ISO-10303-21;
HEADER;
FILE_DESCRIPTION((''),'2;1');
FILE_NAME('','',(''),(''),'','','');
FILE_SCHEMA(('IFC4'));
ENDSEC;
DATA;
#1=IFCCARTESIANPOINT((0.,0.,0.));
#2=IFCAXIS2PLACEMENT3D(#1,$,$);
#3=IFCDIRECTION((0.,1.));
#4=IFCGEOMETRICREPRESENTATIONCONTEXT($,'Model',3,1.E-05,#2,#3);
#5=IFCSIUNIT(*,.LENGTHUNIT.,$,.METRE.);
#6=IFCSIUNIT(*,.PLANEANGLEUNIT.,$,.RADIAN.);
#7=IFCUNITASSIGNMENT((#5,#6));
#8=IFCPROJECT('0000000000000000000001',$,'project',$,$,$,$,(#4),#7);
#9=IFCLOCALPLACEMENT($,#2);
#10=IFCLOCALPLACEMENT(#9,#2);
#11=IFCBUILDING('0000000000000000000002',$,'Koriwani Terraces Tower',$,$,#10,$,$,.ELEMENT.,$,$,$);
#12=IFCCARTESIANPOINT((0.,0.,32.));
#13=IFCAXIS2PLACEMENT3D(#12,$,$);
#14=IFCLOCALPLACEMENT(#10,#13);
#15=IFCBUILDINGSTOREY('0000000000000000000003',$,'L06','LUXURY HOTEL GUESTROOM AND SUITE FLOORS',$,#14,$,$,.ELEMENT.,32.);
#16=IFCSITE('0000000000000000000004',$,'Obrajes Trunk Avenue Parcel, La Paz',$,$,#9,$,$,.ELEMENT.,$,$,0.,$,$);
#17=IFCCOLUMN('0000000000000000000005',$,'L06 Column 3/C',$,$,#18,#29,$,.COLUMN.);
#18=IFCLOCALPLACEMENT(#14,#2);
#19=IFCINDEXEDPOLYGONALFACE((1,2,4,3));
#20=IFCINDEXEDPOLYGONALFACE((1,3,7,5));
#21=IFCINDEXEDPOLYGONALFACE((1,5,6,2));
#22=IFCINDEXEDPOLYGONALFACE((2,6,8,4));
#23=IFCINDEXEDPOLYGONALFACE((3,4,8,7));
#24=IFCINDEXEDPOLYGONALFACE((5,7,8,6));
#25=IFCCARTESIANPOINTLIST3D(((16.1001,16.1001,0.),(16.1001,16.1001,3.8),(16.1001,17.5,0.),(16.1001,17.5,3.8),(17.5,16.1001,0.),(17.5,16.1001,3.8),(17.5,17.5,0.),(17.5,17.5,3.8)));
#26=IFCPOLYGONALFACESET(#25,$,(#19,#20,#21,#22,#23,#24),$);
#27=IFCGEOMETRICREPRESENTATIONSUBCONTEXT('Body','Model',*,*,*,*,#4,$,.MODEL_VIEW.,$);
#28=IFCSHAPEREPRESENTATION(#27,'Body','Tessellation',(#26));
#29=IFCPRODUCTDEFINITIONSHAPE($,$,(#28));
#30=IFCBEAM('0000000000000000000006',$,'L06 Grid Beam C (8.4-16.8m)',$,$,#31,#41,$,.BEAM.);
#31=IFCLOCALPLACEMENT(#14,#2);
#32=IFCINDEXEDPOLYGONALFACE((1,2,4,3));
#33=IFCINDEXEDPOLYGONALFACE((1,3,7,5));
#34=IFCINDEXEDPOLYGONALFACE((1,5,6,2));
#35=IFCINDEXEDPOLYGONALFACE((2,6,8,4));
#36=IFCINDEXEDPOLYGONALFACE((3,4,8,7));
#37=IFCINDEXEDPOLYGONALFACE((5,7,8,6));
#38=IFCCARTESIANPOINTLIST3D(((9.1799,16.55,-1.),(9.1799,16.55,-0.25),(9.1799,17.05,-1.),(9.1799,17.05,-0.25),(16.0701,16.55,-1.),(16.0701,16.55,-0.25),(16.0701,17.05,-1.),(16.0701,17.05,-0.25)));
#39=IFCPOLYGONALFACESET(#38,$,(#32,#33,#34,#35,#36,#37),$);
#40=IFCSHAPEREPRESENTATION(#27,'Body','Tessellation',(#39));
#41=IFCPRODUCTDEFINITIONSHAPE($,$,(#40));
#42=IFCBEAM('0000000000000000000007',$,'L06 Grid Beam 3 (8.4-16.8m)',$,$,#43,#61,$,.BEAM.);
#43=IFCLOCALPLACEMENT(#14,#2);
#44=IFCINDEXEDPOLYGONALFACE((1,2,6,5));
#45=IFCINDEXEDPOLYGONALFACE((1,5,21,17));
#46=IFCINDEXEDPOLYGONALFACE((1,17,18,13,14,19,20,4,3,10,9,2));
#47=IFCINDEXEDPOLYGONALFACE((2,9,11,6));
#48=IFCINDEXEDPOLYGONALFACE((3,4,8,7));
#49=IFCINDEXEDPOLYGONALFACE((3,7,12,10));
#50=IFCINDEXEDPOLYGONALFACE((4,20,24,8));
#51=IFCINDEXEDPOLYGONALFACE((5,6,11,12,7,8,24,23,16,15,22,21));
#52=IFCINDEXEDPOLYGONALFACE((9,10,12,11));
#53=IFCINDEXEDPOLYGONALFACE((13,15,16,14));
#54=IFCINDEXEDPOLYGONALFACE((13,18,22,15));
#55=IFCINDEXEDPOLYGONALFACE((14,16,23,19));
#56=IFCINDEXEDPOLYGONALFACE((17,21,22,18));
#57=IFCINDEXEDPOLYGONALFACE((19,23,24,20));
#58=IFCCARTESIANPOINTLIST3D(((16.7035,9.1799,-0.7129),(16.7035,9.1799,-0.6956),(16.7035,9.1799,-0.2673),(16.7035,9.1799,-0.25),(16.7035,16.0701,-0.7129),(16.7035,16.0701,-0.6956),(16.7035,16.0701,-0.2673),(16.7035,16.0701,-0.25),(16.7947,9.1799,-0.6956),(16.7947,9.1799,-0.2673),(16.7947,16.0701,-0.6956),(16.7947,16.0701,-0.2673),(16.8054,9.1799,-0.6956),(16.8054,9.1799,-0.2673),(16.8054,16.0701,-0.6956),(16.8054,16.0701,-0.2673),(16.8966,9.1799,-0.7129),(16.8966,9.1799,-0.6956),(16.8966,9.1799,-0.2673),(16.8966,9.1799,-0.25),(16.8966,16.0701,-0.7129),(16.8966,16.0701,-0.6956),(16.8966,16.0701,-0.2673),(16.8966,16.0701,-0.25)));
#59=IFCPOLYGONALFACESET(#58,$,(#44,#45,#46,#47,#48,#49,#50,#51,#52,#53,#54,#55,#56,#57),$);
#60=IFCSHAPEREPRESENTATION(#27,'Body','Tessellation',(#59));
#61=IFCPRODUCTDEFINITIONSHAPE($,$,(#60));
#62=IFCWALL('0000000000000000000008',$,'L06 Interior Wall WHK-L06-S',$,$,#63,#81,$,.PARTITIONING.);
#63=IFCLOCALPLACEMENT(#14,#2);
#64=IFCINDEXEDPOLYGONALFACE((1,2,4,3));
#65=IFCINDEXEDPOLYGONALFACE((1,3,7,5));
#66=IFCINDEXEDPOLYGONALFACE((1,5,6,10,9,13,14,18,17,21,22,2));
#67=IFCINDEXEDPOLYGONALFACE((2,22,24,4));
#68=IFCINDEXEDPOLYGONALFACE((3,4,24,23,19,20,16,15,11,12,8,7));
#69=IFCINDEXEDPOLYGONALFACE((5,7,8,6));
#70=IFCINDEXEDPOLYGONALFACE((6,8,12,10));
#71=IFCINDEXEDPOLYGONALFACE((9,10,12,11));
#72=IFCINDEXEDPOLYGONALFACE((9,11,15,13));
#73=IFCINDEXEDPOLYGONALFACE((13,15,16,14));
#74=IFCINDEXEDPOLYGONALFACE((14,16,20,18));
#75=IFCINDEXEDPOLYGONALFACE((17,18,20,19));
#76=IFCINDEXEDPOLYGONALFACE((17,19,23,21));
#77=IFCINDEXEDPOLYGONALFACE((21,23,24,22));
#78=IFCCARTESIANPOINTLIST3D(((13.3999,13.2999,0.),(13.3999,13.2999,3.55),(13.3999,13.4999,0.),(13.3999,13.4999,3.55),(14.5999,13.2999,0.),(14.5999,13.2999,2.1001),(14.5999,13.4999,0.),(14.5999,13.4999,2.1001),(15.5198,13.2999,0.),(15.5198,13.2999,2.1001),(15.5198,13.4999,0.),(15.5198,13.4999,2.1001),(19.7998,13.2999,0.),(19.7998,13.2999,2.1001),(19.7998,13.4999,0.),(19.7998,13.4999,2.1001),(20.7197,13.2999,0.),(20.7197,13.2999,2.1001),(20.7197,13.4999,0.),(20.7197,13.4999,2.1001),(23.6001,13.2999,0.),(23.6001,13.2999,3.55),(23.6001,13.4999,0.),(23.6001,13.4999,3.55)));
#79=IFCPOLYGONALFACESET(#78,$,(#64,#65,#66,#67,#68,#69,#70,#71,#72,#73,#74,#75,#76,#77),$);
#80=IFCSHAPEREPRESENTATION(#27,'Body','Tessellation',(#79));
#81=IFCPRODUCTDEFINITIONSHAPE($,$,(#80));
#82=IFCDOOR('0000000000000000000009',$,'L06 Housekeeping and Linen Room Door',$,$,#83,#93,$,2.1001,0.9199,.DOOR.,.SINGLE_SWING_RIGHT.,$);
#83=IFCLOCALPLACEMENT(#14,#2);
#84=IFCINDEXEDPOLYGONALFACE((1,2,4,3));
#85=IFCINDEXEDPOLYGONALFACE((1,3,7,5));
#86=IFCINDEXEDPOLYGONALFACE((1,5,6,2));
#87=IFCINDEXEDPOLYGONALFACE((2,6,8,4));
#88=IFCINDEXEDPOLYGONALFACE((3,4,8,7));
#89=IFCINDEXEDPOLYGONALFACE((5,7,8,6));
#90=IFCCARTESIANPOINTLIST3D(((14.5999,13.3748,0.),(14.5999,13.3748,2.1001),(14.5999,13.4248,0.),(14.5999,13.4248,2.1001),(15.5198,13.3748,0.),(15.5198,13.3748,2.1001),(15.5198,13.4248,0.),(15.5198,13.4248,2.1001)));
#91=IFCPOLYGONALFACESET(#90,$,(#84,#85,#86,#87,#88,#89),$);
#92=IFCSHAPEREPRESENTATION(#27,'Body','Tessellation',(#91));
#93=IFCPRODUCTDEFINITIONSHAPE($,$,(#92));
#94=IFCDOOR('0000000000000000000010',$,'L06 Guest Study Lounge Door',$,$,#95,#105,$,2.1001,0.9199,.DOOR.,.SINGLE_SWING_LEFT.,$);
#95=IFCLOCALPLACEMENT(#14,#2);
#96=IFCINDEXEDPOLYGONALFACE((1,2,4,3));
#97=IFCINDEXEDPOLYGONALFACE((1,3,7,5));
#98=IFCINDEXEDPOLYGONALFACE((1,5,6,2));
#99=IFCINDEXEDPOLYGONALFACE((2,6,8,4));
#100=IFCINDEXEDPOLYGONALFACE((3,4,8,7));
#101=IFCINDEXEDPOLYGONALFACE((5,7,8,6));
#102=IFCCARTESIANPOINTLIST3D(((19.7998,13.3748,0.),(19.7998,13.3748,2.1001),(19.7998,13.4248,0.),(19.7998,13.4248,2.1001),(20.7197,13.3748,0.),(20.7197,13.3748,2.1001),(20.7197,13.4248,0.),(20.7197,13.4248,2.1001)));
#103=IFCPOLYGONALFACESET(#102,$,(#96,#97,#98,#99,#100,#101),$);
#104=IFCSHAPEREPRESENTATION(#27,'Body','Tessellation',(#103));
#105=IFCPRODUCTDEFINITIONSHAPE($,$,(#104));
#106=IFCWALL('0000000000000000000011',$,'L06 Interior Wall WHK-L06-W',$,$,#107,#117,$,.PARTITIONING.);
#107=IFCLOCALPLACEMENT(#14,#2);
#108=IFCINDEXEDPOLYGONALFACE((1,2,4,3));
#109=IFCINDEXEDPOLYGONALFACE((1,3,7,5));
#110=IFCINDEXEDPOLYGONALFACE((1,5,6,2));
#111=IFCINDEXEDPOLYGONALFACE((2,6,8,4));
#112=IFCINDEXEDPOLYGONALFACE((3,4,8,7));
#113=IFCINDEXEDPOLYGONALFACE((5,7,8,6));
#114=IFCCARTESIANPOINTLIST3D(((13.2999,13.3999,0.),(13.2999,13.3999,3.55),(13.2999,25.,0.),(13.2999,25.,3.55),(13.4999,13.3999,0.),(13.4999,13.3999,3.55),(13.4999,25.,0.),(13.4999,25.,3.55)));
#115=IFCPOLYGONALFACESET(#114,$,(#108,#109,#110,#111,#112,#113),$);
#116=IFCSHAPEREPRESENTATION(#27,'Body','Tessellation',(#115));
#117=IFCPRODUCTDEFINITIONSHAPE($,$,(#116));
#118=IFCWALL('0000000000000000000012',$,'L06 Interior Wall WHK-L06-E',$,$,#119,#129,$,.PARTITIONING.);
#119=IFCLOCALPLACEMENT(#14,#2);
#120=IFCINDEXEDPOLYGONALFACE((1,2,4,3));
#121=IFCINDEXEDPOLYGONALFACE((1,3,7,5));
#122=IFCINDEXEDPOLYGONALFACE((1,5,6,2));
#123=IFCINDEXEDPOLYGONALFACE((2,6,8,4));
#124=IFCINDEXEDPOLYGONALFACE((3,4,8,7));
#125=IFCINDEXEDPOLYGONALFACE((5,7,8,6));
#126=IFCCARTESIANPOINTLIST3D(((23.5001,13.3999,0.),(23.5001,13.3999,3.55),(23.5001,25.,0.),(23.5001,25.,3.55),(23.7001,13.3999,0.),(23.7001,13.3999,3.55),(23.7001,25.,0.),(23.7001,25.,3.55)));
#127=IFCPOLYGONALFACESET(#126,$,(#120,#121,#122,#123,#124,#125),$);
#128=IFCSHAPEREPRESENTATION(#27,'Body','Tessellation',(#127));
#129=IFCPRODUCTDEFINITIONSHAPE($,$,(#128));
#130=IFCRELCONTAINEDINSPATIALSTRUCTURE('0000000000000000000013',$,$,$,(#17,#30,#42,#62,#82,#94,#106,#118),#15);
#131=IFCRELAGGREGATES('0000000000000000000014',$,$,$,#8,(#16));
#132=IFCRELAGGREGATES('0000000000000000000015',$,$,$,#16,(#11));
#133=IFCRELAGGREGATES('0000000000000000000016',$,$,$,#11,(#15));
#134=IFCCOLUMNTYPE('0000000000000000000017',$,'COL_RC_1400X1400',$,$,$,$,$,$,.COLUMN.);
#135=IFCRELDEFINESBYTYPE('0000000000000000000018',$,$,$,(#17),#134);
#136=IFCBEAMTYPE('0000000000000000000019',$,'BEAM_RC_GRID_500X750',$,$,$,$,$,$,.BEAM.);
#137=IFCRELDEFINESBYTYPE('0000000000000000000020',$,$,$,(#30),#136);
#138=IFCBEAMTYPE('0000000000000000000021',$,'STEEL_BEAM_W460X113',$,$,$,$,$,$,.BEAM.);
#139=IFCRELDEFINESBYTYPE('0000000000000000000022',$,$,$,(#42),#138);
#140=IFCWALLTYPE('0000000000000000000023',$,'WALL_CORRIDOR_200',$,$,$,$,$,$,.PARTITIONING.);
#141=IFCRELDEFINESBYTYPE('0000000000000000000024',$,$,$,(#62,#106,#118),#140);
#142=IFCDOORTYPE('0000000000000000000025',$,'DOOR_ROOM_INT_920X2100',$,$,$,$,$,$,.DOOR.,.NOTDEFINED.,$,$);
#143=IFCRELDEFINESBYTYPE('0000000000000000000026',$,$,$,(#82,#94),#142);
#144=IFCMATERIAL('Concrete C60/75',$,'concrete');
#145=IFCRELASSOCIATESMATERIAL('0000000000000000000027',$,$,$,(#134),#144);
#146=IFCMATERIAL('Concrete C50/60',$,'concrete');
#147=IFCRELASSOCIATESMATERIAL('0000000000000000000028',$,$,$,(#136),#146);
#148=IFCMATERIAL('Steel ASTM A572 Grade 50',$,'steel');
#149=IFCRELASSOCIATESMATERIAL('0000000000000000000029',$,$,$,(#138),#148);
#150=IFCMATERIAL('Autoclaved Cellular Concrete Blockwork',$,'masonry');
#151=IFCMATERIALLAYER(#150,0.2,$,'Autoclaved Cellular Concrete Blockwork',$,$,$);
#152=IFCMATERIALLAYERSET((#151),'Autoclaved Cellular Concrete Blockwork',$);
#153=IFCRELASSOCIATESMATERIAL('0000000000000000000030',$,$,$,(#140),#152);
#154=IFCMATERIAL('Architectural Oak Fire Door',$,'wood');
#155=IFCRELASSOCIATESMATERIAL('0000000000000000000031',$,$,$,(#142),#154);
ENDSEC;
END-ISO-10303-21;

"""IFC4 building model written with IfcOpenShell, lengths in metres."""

from ifc_helpers import new_model, si_unit, direction, frame, frame_2d, origin, origin_2d, place, context, subcontext, project, spatial, rectangle, i_section, extrude, material, layer, layer_set, material_profile, profile_set, type_object, element, fill, save


model = new_model("IFC4")

# Units and contexts
model_context = context("Model", 3, precision=1e-05, world=origin(), true_north=direction((0.0, 1.0)))
body_context = subcontext(model_context, "Body", "Model", "MODEL_VIEW")
ifc_project = project(units=[si_unit("LENGTHUNIT", "METRE"), si_unit("PLANEANGLEUNIT", "RADIAN")], contexts=[model_context])

# Site, building, storey
site_placement = place(None, origin())
site = spatial("IfcSite", under=ifc_project, at=site_placement, Name="Obrajes Trunk Avenue Parcel, La Paz", CompositionType="ELEMENT", RefElevation=0.0)
building_placement = place(site_placement, origin())
building = spatial("IfcBuilding", under=site, at=building_placement, Name="Koriwani Terraces Tower", CompositionType="ELEMENT")
storey_placement = place(building_placement, frame((0.0, 0.0, 32.0)))
storey = spatial("IfcBuildingStorey", under=building, at=storey_placement, Name="L06", Description="LUXURY HOTEL GUESTROOM AND SUITE FLOORS", CompositionType="ELEMENT", Elevation=32.0)

# Column
ifc_material_1 = material(Name="Concrete C60/75", Category="concrete")
ifc_material_profile_1 = material_profile(ifc_material_1, rectangle(XDim=1.3999, YDim=1.3999, at=origin_2d()), Name="Concrete C60/75", Category="LoadBearing")
ifc_profile_set_1 = profile_set([ifc_material_profile_1], Name="Concrete C60/75")
column_type = type_object("IfcColumnType", Name="COL_RC_1400X1400", PredefinedType="COLUMN", material=ifc_profile_set_1)
column_placement = place(storey_placement, frame((16.8, 16.8, 0.0), z_axis=(0.0, 0.0, 1.0), x_axis=(1.0, 0.0, 0.0)))
element("IfcColumn", 1, at=column_placement, inside=storey, type_object=column_type, Name="L06 Column 3/C", PredefinedType="COLUMN", context=body_context, shape_type="SweptSolid", body=[
    extrude(rectangle(XDim=1.3999, YDim=1.3999, at=origin_2d()), origin(), (0.0, 0.0, 1.0), 3.8),
])

# Beams
ifc_material_2 = material(Name="Concrete C50/60", Category="concrete")
ifc_material_profile_2 = material_profile(ifc_material_2, rectangle(XDim=0.5, YDim=0.75, at=origin_2d()), Name="Concrete C50/60", Category="LoadBearing")
ifc_profile_set_2 = profile_set([ifc_material_profile_2], Name="Concrete C50/60")
beam_type_1 = type_object("IfcBeamType", Name="BEAM_RC_GRID_500X750", PredefinedType="BEAM", material=ifc_profile_set_2)
beam_1_placement = place(storey_placement, frame((9.1799, 16.8, -0.625), z_axis=(1.0, 0.0, 0.0), x_axis=(0.0, 1.0, 0.0)))
element("IfcBeam", 2, at=beam_1_placement, inside=storey, type_object=beam_type_1, Name="L06 Grid Beam C (8.4-16.8m)", PredefinedType="BEAM", context=body_context, shape_type="SweptSolid", body=[
    extrude(rectangle(XDim=0.5, YDim=0.75, at=origin_2d()), origin(), (0.0, 0.0, 1.0), 6.8901),
])
ifc_material_3 = material(Name="Steel ASTM A572 Grade 50", Category="steel")
ifc_material_profile_3 = material_profile(ifc_material_3, i_section(OverallWidth=0.1931, OverallDepth=0.4629, WebThickness=0.0107, FlangeThickness=0.0173, at=origin_2d()), Name="Steel ASTM A572 Grade 50", Category="LoadBearing")
ifc_profile_set_3 = profile_set([ifc_material_profile_3], Name="Steel ASTM A572 Grade 50")
beam_type_2 = type_object("IfcBeamType", Name="STEEL_BEAM_W460X113", PredefinedType="BEAM", material=ifc_profile_set_3)
beam_2_placement = place(storey_placement, frame((16.8, 9.1799, -0.4814), z_axis=(0.0, 1.0, 0.0), x_axis=(-1.0, 0.0, 0.0)))
element("IfcBeam", 3, at=beam_2_placement, inside=storey, type_object=beam_type_2, Name="L06 Grid Beam 3 (8.4-16.8m)", PredefinedType="BEAM", context=body_context, shape_type="SweptSolid", body=[
    extrude(i_section(OverallWidth=0.1931, OverallDepth=0.4629, WebThickness=0.0107, FlangeThickness=0.0173, at=origin_2d()), origin(), (0.0, 0.0, 1.0), 6.8901),
])

# Wall, openings, doors
ifc_material_4 = material(Name="Autoclaved Cellular Concrete Blockwork", Category="masonry")
ifc_layer_1 = layer(ifc_material_4, 0.2, Name="Autoclaved Cellular Concrete Blockwork")
ifc_layer_set_1 = layer_set([ifc_layer_1], Name="Autoclaved Cellular Concrete Blockwork")
wall_type_1 = type_object("IfcWallType", Name="WALL_CORRIDOR_200", PredefinedType="PARTITIONING", material=ifc_layer_set_1)
wall_1_placement = place(storey_placement, frame((13.3999, 13.3999, 0.0), z_axis=(0.0, 0.0, 1.0), x_axis=(1.0, 0.0, 0.0)))
wall_1 = element("IfcWall", 4, at=wall_1_placement, inside=storey, type_object=wall_type_1, Name="L06 Interior Wall WHK-L06-S", PredefinedType="PARTITIONING", context=body_context, shape_type="SweptSolid", body=[
    extrude(rectangle(XDim=10.2002, YDim=0.2, at=frame_2d((5.1001, 0.0))), origin(), (0.0, 0.0, 1.0), 3.55),
])
opening_1_placement = place(wall_1_placement, frame((1.2, 0.0, 0.0)))
opening_1 = element("IfcOpeningElement", 5, at=opening_1_placement, cuts=wall_1, PredefinedType="OPENING", context=body_context, shape_type="SweptSolid", body=[
    extrude(rectangle(XDim=0.9199, YDim=2.1001, at=frame_2d((0.46, 1.05))), frame((0.0, 0.1099, 0.0), z_axis=(0.0, -1.0, 0.0), x_axis=(1.0, 0.0, 0.0)), (0.0, 0.0, 1.0), 0.22),
])
opening_2_placement = place(wall_1_placement, frame((6.3999, 0.0, 0.0)))
opening_2 = element("IfcOpeningElement", 6, at=opening_2_placement, cuts=wall_1, PredefinedType="OPENING", context=body_context, shape_type="SweptSolid", body=[
    extrude(rectangle(XDim=0.9199, YDim=2.1001, at=frame_2d((0.46, 1.05))), frame((0.0, 0.1099, 0.0), z_axis=(0.0, -1.0, 0.0), x_axis=(1.0, 0.0, 0.0)), (0.0, 0.0, 1.0), 0.22),
])
ifc_material_5 = material(Name="Architectural Oak Fire Door", Category="wood")
door_type_1 = type_object("IfcDoorType", Name="DOOR_ROOM_INT_920X2100", OperationType="NOTDEFINED", PredefinedType="DOOR", material=ifc_material_5)
door_1_placement = place(opening_1_placement, origin())
door_1 = element("IfcDoor", 7, at=door_1_placement, inside=storey, type_object=door_type_1, Name="L06 Housekeeping and Linen Room Door", OperationType="SINGLE_SWING_RIGHT", OverallHeight=2.1001, OverallWidth=0.9199, PredefinedType="DOOR", context=body_context, shape_type="SweptSolid", body=[
    extrude(rectangle(XDim=0.9199, YDim=2.1001, at=frame_2d((0.46, 1.05))), frame((0.0, 0.0249, 0.0), z_axis=(0.0, -1.0, 0.0), x_axis=(1.0, 0.0, 0.0)), (0.0, 0.0, 1.0), 0.05),
])
fill(opening_1, door_1)
door_2_placement = place(opening_2_placement, origin())
door_2 = element("IfcDoor", 8, at=door_2_placement, inside=storey, type_object=door_type_1, Name="L06 Guest Study Lounge Door", OperationType="SINGLE_SWING_LEFT", OverallHeight=2.1001, OverallWidth=0.9199, PredefinedType="DOOR", context=body_context, shape_type="SweptSolid", body=[
    extrude(rectangle(XDim=0.9199, YDim=2.1001, at=frame_2d((0.46, 1.05))), frame((0.0, 0.0249, 0.0), z_axis=(0.0, -1.0, 0.0), x_axis=(1.0, 0.0, 0.0)), (0.0, 0.0, 1.0), 0.05),
])
fill(opening_2, door_2)

# Walls
for number, where, z_axis, x_axis, name in (
    (9, (13.3999, 13.3999, 0.0), (0.0, 0.0, 1.0), (0.0, 1.0, 0.0), "L06 Interior Wall WHK-L06-W"),
    (10, (23.6001, 13.3999, 0.0), (0.0, 0.0, 1.0), (0.0, 1.0, 0.0), "L06 Interior Wall WHK-L06-E"),
):
    element("IfcWall", number, at=place(storey_placement, frame(where, z_axis=z_axis, x_axis=x_axis)), inside=storey, type_object=wall_type_1, Name=name, PredefinedType="PARTITIONING", context=body_context, shape_type="SweptSolid", body=[
        extrude(rectangle(XDim=11.6001, YDim=0.2, at=frame_2d((5.8, 0.0))), origin(), (0.0, 0.0, 1.0), 3.55),
    ])

save(model, "model.ifc")
